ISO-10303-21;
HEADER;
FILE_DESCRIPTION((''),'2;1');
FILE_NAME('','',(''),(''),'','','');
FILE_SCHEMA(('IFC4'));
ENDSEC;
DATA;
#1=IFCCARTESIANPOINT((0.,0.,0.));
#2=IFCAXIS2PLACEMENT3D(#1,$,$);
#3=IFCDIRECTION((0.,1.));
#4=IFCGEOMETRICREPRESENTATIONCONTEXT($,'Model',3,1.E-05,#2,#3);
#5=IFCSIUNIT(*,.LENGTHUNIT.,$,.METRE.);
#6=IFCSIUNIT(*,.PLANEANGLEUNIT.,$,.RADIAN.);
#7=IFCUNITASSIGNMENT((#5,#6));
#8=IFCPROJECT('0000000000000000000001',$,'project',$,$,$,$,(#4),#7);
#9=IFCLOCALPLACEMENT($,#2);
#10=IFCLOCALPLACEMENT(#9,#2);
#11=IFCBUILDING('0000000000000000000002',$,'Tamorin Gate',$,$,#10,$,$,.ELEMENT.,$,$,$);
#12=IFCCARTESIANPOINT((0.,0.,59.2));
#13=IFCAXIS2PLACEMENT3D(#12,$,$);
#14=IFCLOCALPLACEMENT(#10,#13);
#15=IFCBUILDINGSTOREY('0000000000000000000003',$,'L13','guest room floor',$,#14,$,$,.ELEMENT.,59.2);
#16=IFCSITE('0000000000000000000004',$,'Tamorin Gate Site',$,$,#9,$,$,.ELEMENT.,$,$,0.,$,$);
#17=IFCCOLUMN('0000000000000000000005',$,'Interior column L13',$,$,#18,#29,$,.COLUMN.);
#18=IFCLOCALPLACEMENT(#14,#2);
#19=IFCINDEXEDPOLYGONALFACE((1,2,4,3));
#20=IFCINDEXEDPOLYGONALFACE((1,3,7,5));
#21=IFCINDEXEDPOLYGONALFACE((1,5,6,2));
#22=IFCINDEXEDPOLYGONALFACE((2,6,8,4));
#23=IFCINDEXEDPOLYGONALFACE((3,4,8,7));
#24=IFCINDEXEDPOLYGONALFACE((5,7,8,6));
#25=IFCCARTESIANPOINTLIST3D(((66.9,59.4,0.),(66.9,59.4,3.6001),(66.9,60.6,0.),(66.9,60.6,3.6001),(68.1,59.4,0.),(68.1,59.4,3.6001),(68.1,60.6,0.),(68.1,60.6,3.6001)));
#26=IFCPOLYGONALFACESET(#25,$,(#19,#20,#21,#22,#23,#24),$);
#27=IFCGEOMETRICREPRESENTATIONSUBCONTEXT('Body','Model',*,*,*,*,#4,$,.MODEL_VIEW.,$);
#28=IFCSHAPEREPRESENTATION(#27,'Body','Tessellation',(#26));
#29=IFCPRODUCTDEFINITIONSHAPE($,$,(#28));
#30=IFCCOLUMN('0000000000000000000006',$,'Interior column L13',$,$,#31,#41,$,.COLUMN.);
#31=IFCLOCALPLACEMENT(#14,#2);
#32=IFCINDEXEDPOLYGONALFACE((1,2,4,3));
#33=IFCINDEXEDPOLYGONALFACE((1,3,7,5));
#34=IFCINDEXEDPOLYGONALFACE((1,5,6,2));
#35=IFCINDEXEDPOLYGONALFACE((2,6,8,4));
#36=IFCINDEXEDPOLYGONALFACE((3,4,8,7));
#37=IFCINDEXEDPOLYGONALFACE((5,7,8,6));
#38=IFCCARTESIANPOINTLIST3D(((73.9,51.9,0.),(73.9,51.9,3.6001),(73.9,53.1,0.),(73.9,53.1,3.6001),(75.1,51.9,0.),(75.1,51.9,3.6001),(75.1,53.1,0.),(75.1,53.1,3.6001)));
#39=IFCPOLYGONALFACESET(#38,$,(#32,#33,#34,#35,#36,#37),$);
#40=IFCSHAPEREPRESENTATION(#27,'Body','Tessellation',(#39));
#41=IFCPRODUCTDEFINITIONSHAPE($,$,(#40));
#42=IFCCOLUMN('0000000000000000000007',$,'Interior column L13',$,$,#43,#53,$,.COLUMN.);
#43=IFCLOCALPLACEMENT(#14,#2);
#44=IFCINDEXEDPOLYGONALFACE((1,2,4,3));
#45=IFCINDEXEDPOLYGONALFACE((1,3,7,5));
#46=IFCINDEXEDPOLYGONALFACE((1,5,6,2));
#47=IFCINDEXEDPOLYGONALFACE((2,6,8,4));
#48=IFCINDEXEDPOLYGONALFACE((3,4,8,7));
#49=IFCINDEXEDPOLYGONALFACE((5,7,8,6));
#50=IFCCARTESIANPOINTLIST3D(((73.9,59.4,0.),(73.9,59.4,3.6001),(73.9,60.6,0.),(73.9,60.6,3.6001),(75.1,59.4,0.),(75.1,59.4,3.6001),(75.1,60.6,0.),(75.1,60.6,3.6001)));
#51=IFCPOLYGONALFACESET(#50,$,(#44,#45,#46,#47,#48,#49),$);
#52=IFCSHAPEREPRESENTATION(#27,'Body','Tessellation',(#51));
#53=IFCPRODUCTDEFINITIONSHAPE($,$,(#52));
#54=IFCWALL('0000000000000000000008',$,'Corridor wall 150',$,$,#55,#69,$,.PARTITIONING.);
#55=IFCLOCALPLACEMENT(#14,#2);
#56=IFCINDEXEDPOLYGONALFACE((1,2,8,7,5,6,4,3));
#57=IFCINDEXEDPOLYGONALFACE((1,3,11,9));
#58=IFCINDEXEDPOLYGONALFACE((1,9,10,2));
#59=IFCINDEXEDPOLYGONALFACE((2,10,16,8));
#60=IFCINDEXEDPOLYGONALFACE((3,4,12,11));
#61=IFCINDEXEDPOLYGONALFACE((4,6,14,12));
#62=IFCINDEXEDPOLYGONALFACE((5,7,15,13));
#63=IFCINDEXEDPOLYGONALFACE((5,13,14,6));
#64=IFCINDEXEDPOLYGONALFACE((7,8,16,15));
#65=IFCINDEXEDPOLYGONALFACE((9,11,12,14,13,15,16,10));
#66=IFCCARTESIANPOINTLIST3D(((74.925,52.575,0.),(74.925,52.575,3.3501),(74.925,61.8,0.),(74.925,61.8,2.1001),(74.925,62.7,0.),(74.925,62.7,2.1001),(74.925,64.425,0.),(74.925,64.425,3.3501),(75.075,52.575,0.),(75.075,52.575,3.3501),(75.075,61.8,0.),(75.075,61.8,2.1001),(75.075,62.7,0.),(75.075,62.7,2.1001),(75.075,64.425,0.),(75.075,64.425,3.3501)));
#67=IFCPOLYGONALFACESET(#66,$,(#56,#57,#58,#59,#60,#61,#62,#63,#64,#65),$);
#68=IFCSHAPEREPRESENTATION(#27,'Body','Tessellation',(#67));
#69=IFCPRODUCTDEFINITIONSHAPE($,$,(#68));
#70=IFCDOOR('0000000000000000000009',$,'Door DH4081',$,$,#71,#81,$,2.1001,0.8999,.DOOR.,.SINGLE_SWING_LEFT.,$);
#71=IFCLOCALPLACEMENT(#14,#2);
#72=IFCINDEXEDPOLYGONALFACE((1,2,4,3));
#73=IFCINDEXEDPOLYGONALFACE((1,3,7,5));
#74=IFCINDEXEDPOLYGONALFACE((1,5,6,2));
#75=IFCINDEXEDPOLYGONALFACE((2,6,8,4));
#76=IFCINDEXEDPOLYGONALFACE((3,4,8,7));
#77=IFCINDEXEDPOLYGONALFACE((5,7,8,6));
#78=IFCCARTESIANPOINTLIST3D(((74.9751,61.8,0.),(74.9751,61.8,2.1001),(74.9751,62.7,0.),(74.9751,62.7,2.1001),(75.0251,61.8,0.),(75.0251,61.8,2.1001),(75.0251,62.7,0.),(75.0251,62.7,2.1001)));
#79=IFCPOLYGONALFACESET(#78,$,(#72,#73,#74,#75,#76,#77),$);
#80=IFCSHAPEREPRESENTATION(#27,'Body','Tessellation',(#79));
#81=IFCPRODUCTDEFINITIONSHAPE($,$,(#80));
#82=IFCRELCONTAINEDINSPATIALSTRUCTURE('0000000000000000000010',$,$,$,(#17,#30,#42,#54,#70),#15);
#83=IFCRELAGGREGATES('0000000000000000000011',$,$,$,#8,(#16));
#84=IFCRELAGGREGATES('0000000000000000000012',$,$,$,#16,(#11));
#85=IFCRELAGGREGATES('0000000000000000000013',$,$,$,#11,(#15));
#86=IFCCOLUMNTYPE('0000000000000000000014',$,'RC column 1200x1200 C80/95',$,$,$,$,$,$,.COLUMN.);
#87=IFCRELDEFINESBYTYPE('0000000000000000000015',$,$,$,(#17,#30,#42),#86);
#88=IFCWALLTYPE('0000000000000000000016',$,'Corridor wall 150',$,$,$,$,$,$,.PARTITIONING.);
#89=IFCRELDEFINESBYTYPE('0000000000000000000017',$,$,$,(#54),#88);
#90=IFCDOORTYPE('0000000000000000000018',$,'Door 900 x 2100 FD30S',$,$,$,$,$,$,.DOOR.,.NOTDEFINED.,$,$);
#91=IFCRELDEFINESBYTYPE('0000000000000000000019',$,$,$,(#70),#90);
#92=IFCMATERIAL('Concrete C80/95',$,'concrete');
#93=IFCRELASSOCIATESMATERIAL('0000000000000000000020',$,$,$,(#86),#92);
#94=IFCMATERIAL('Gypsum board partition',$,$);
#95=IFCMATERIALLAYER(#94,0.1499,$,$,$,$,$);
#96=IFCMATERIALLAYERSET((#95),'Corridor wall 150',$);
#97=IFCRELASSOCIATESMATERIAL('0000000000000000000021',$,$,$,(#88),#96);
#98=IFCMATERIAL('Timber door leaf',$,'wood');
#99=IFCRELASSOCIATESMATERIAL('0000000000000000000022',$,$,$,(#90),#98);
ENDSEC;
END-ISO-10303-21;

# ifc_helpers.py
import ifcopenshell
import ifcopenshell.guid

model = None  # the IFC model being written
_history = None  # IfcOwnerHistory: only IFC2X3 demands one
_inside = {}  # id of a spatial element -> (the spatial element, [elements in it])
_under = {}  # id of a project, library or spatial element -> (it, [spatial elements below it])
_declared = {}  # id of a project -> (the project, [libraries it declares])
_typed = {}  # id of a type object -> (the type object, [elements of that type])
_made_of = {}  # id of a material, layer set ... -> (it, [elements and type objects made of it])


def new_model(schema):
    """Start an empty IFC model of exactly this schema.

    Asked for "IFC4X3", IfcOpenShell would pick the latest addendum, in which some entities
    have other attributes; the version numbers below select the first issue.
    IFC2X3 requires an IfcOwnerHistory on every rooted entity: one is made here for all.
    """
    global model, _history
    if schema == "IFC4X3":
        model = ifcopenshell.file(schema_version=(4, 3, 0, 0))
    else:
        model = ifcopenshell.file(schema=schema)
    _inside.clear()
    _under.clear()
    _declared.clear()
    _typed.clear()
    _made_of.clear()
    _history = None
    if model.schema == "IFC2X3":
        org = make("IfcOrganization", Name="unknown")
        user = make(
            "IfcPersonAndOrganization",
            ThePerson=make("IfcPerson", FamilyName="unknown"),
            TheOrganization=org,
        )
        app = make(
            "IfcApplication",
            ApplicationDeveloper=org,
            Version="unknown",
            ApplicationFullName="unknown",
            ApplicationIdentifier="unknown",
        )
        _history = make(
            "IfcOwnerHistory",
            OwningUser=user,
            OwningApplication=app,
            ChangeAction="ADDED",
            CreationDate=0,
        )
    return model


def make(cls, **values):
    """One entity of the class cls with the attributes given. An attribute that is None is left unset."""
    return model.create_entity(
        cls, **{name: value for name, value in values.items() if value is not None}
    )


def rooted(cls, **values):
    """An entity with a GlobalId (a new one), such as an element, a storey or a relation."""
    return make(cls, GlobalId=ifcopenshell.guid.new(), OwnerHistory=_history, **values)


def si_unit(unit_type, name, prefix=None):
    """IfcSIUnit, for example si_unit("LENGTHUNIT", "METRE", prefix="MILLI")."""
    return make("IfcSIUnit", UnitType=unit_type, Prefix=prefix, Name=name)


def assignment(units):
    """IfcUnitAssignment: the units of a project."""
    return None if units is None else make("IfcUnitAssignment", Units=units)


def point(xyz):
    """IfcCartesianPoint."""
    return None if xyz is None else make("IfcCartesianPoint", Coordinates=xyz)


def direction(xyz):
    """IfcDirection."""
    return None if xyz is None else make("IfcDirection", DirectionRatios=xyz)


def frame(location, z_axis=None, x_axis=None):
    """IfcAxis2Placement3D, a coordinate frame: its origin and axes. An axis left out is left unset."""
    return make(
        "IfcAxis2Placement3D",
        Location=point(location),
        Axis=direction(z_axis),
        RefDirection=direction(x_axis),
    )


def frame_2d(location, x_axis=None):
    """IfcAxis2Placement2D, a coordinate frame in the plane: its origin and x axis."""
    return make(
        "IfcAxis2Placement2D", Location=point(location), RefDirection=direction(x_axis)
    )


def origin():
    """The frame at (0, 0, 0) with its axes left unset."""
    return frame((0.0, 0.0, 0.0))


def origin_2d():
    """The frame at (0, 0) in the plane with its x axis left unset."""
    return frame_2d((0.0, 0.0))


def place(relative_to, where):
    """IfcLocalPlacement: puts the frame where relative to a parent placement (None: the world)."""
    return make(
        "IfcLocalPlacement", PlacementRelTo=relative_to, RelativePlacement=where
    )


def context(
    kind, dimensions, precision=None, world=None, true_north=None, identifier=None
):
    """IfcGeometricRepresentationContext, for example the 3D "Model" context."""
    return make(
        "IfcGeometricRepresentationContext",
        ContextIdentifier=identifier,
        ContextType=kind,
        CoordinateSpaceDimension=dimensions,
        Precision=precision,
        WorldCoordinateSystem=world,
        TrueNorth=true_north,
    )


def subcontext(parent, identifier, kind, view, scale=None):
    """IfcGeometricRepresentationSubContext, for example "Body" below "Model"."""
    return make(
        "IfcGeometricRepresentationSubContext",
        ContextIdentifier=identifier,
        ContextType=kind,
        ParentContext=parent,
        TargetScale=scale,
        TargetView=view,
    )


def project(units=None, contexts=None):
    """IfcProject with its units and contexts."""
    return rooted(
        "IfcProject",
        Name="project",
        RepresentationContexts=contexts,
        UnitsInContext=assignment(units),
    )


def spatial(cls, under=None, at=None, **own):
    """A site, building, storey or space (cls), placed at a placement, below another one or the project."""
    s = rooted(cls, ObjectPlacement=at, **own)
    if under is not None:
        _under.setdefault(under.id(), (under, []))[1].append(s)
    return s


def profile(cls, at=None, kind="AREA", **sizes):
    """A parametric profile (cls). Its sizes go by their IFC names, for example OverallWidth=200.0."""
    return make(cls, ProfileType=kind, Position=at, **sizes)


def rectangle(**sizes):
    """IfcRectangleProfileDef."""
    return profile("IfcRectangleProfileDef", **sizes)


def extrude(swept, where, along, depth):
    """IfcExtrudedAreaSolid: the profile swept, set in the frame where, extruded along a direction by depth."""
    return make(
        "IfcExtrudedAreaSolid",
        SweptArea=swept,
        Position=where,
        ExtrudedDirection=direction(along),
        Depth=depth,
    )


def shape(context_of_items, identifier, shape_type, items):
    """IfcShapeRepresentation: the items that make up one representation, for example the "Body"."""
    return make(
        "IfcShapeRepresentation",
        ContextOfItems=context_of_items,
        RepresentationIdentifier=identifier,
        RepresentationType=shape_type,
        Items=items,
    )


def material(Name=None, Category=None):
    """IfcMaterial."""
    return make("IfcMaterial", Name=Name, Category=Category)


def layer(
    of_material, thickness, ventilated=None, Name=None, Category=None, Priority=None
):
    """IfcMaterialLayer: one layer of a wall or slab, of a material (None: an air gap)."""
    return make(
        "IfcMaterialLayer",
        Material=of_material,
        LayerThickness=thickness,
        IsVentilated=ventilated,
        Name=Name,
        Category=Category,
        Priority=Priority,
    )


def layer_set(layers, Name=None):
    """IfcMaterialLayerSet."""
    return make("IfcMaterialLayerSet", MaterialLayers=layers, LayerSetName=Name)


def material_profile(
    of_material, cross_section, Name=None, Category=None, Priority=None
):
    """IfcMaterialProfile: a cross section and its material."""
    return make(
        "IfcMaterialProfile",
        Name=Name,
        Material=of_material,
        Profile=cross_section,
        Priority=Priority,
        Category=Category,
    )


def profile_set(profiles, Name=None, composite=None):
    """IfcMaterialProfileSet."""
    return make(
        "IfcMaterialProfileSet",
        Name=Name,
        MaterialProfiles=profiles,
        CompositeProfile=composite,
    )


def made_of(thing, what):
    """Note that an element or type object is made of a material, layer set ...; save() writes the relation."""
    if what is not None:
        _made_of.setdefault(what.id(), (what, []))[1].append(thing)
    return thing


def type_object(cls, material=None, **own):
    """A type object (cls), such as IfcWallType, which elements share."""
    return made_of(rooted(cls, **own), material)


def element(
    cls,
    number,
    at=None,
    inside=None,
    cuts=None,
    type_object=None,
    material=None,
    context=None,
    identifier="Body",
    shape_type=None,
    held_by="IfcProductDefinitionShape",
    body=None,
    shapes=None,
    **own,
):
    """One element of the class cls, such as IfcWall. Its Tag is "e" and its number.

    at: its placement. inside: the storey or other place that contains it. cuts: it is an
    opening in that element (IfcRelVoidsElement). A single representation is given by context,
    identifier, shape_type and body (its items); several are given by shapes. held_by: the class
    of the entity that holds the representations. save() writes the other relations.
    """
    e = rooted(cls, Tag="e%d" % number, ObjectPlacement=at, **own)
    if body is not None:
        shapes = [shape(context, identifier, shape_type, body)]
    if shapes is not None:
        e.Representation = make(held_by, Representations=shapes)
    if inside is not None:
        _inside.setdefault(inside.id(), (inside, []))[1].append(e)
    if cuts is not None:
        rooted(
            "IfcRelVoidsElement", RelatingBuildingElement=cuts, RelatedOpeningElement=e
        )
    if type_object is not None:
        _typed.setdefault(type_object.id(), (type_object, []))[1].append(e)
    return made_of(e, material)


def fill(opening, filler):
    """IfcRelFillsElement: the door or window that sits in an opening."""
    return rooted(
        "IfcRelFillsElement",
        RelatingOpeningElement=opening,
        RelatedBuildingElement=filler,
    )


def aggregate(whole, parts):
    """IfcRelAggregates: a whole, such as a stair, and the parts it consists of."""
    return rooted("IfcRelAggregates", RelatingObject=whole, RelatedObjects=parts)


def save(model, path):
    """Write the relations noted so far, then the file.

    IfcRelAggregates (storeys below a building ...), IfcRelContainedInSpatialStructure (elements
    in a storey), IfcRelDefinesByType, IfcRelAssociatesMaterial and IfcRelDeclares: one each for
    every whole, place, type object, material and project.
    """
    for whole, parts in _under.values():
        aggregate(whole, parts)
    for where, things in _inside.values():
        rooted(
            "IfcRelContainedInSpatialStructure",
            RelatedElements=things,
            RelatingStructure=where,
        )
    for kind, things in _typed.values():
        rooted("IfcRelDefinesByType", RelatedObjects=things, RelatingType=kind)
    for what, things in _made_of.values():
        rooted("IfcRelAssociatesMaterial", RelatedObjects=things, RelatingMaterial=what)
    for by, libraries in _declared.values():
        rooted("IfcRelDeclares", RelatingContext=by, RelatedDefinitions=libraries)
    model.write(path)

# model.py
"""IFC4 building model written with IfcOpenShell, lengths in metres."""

from ifc_helpers import new_model, si_unit, direction, frame, frame_2d, origin, origin_2d, place, context, subcontext, project, spatial, rectangle, extrude, material, layer, layer_set, material_profile, profile_set, type_object, element, fill, save


model = new_model("IFC4")

# Units and contexts
model_context = context("Model", 3, precision=1e-05, world=origin(), true_north=direction((0.0, 1.0)))
body_context = subcontext(model_context, "Body", "Model", "MODEL_VIEW")
ifc_project = project(units=[si_unit("LENGTHUNIT", "METRE"), si_unit("PLANEANGLEUNIT", "RADIAN")], contexts=[model_context])

# Site, building, storey
site_placement = place(None, origin())
site = spatial("IfcSite", under=ifc_project, at=site_placement, Name="Tamorin Gate Site", CompositionType="ELEMENT", RefElevation=0.0)
building_placement = place(site_placement, origin())
building = spatial("IfcBuilding", under=site, at=building_placement, Name="Tamorin Gate", CompositionType="ELEMENT")
storey_placement = place(building_placement, frame((0.0, 0.0, 59.2)))
storey = spatial("IfcBuildingStorey", under=building, at=storey_placement, Name="L13", Description="guest room floor", CompositionType="ELEMENT", Elevation=59.2)

# Columns
ifc_material_1 = material(Name="Concrete C80/95", Category="concrete")
ifc_material_profile = material_profile(ifc_material_1, rectangle(XDim=1.2, YDim=1.2, at=origin_2d()), Name="RC 1200x1200")
ifc_profile_set = profile_set([ifc_material_profile], Name="Concrete C80/95")
column_type = type_object("IfcColumnType", Name="RC column 1200x1200 C80/95", PredefinedType="COLUMN", material=ifc_profile_set)
for number, where, z_axis, x_axis, name in (
    (1, (67.5, 60.0, 0.0), (0.0, 0.0, 1.0), (1.0, 0.0, 0.0), "Interior column L13"),
    (2, (74.5, 52.5, 0.0), (0.0, 0.0, 1.0), (1.0, 0.0, 0.0), "Interior column L13"),
    (3, (74.5, 60.0, 0.0), (0.0, 0.0, 1.0), (1.0, 0.0, 0.0), "Interior column L13"),
):
    element("IfcColumn", number, at=place(storey_placement, frame(where, z_axis=z_axis, x_axis=x_axis)), inside=storey, type_object=column_type, Name=name, PredefinedType="COLUMN", context=body_context, shape_type="SweptSolid", body=[
        extrude(rectangle(XDim=1.2, YDim=1.2, at=origin_2d()), origin(), (0.0, 0.0, 1.0), 3.6001),
    ])

# Wall, opening, door
ifc_material_2 = material(Name="Gypsum board partition")
ifc_layer_1 = layer(ifc_material_2, 0.1499)
ifc_layer_set_1 = layer_set([ifc_layer_1], Name="Corridor wall 150")
wall_type_1 = type_object("IfcWallType", Name="Corridor wall 150", PredefinedType="PARTITIONING", material=ifc_layer_set_1)
wall_1_placement = place(storey_placement, frame((75.0, 52.575, 0.0), z_axis=(0.0, 0.0, 1.0), x_axis=(0.0, 1.0, 0.0)))
wall_1 = element("IfcWall", 4, at=wall_1_placement, inside=storey, type_object=wall_type_1, Name="Corridor wall 150", PredefinedType="PARTITIONING", context=body_context, shape_type="SweptSolid", body=[
    extrude(rectangle(XDim=11.8501, YDim=0.1499, at=frame_2d((5.925, 0.0))), origin(), (0.0, 0.0, 1.0), 3.3501),
])
opening_1_placement = place(wall_1_placement, frame((9.2251, 0.0, 0.0)))
opening_1 = element("IfcOpeningElement", 5, at=opening_1_placement, cuts=wall_1, PredefinedType="OPENING", context=body_context, shape_type="SweptSolid", body=[
    extrude(rectangle(XDim=0.8999, YDim=2.1001, at=frame_2d((0.45, 1.05))), frame((0.0, 0.085, 0.0), z_axis=(0.0, -1.0, 0.0), x_axis=(1.0, 0.0, 0.0)), (0.0, 0.0, 1.0), 0.1699),
])
ifc_material_3 = material(Name="Timber door leaf", Category="wood")
door_type_1 = type_object("IfcDoorType", Name="Door 900 x 2100 FD30S", OperationType="NOTDEFINED", PredefinedType="DOOR", material=ifc_material_3)
door_1_placement = place(opening_1_placement, origin())
door_1 = element("IfcDoor", 6, at=door_1_placement, inside=storey, type_object=door_type_1, Name="Door DH4081", OperationType="SINGLE_SWING_LEFT", OverallHeight=2.1001, OverallWidth=0.8999, PredefinedType="DOOR", context=body_context, shape_type="SweptSolid", body=[
    extrude(rectangle(XDim=0.8999, YDim=2.1001, at=frame_2d((0.45, 1.05))), frame((0.0, 0.0249, 0.0), z_axis=(0.0, -1.0, 0.0), x_axis=(1.0, 0.0, 0.0)), (0.0, 0.0, 1.0), 0.05),
])
fill(opening_1, door_1)

save(model, "model.ifc")
